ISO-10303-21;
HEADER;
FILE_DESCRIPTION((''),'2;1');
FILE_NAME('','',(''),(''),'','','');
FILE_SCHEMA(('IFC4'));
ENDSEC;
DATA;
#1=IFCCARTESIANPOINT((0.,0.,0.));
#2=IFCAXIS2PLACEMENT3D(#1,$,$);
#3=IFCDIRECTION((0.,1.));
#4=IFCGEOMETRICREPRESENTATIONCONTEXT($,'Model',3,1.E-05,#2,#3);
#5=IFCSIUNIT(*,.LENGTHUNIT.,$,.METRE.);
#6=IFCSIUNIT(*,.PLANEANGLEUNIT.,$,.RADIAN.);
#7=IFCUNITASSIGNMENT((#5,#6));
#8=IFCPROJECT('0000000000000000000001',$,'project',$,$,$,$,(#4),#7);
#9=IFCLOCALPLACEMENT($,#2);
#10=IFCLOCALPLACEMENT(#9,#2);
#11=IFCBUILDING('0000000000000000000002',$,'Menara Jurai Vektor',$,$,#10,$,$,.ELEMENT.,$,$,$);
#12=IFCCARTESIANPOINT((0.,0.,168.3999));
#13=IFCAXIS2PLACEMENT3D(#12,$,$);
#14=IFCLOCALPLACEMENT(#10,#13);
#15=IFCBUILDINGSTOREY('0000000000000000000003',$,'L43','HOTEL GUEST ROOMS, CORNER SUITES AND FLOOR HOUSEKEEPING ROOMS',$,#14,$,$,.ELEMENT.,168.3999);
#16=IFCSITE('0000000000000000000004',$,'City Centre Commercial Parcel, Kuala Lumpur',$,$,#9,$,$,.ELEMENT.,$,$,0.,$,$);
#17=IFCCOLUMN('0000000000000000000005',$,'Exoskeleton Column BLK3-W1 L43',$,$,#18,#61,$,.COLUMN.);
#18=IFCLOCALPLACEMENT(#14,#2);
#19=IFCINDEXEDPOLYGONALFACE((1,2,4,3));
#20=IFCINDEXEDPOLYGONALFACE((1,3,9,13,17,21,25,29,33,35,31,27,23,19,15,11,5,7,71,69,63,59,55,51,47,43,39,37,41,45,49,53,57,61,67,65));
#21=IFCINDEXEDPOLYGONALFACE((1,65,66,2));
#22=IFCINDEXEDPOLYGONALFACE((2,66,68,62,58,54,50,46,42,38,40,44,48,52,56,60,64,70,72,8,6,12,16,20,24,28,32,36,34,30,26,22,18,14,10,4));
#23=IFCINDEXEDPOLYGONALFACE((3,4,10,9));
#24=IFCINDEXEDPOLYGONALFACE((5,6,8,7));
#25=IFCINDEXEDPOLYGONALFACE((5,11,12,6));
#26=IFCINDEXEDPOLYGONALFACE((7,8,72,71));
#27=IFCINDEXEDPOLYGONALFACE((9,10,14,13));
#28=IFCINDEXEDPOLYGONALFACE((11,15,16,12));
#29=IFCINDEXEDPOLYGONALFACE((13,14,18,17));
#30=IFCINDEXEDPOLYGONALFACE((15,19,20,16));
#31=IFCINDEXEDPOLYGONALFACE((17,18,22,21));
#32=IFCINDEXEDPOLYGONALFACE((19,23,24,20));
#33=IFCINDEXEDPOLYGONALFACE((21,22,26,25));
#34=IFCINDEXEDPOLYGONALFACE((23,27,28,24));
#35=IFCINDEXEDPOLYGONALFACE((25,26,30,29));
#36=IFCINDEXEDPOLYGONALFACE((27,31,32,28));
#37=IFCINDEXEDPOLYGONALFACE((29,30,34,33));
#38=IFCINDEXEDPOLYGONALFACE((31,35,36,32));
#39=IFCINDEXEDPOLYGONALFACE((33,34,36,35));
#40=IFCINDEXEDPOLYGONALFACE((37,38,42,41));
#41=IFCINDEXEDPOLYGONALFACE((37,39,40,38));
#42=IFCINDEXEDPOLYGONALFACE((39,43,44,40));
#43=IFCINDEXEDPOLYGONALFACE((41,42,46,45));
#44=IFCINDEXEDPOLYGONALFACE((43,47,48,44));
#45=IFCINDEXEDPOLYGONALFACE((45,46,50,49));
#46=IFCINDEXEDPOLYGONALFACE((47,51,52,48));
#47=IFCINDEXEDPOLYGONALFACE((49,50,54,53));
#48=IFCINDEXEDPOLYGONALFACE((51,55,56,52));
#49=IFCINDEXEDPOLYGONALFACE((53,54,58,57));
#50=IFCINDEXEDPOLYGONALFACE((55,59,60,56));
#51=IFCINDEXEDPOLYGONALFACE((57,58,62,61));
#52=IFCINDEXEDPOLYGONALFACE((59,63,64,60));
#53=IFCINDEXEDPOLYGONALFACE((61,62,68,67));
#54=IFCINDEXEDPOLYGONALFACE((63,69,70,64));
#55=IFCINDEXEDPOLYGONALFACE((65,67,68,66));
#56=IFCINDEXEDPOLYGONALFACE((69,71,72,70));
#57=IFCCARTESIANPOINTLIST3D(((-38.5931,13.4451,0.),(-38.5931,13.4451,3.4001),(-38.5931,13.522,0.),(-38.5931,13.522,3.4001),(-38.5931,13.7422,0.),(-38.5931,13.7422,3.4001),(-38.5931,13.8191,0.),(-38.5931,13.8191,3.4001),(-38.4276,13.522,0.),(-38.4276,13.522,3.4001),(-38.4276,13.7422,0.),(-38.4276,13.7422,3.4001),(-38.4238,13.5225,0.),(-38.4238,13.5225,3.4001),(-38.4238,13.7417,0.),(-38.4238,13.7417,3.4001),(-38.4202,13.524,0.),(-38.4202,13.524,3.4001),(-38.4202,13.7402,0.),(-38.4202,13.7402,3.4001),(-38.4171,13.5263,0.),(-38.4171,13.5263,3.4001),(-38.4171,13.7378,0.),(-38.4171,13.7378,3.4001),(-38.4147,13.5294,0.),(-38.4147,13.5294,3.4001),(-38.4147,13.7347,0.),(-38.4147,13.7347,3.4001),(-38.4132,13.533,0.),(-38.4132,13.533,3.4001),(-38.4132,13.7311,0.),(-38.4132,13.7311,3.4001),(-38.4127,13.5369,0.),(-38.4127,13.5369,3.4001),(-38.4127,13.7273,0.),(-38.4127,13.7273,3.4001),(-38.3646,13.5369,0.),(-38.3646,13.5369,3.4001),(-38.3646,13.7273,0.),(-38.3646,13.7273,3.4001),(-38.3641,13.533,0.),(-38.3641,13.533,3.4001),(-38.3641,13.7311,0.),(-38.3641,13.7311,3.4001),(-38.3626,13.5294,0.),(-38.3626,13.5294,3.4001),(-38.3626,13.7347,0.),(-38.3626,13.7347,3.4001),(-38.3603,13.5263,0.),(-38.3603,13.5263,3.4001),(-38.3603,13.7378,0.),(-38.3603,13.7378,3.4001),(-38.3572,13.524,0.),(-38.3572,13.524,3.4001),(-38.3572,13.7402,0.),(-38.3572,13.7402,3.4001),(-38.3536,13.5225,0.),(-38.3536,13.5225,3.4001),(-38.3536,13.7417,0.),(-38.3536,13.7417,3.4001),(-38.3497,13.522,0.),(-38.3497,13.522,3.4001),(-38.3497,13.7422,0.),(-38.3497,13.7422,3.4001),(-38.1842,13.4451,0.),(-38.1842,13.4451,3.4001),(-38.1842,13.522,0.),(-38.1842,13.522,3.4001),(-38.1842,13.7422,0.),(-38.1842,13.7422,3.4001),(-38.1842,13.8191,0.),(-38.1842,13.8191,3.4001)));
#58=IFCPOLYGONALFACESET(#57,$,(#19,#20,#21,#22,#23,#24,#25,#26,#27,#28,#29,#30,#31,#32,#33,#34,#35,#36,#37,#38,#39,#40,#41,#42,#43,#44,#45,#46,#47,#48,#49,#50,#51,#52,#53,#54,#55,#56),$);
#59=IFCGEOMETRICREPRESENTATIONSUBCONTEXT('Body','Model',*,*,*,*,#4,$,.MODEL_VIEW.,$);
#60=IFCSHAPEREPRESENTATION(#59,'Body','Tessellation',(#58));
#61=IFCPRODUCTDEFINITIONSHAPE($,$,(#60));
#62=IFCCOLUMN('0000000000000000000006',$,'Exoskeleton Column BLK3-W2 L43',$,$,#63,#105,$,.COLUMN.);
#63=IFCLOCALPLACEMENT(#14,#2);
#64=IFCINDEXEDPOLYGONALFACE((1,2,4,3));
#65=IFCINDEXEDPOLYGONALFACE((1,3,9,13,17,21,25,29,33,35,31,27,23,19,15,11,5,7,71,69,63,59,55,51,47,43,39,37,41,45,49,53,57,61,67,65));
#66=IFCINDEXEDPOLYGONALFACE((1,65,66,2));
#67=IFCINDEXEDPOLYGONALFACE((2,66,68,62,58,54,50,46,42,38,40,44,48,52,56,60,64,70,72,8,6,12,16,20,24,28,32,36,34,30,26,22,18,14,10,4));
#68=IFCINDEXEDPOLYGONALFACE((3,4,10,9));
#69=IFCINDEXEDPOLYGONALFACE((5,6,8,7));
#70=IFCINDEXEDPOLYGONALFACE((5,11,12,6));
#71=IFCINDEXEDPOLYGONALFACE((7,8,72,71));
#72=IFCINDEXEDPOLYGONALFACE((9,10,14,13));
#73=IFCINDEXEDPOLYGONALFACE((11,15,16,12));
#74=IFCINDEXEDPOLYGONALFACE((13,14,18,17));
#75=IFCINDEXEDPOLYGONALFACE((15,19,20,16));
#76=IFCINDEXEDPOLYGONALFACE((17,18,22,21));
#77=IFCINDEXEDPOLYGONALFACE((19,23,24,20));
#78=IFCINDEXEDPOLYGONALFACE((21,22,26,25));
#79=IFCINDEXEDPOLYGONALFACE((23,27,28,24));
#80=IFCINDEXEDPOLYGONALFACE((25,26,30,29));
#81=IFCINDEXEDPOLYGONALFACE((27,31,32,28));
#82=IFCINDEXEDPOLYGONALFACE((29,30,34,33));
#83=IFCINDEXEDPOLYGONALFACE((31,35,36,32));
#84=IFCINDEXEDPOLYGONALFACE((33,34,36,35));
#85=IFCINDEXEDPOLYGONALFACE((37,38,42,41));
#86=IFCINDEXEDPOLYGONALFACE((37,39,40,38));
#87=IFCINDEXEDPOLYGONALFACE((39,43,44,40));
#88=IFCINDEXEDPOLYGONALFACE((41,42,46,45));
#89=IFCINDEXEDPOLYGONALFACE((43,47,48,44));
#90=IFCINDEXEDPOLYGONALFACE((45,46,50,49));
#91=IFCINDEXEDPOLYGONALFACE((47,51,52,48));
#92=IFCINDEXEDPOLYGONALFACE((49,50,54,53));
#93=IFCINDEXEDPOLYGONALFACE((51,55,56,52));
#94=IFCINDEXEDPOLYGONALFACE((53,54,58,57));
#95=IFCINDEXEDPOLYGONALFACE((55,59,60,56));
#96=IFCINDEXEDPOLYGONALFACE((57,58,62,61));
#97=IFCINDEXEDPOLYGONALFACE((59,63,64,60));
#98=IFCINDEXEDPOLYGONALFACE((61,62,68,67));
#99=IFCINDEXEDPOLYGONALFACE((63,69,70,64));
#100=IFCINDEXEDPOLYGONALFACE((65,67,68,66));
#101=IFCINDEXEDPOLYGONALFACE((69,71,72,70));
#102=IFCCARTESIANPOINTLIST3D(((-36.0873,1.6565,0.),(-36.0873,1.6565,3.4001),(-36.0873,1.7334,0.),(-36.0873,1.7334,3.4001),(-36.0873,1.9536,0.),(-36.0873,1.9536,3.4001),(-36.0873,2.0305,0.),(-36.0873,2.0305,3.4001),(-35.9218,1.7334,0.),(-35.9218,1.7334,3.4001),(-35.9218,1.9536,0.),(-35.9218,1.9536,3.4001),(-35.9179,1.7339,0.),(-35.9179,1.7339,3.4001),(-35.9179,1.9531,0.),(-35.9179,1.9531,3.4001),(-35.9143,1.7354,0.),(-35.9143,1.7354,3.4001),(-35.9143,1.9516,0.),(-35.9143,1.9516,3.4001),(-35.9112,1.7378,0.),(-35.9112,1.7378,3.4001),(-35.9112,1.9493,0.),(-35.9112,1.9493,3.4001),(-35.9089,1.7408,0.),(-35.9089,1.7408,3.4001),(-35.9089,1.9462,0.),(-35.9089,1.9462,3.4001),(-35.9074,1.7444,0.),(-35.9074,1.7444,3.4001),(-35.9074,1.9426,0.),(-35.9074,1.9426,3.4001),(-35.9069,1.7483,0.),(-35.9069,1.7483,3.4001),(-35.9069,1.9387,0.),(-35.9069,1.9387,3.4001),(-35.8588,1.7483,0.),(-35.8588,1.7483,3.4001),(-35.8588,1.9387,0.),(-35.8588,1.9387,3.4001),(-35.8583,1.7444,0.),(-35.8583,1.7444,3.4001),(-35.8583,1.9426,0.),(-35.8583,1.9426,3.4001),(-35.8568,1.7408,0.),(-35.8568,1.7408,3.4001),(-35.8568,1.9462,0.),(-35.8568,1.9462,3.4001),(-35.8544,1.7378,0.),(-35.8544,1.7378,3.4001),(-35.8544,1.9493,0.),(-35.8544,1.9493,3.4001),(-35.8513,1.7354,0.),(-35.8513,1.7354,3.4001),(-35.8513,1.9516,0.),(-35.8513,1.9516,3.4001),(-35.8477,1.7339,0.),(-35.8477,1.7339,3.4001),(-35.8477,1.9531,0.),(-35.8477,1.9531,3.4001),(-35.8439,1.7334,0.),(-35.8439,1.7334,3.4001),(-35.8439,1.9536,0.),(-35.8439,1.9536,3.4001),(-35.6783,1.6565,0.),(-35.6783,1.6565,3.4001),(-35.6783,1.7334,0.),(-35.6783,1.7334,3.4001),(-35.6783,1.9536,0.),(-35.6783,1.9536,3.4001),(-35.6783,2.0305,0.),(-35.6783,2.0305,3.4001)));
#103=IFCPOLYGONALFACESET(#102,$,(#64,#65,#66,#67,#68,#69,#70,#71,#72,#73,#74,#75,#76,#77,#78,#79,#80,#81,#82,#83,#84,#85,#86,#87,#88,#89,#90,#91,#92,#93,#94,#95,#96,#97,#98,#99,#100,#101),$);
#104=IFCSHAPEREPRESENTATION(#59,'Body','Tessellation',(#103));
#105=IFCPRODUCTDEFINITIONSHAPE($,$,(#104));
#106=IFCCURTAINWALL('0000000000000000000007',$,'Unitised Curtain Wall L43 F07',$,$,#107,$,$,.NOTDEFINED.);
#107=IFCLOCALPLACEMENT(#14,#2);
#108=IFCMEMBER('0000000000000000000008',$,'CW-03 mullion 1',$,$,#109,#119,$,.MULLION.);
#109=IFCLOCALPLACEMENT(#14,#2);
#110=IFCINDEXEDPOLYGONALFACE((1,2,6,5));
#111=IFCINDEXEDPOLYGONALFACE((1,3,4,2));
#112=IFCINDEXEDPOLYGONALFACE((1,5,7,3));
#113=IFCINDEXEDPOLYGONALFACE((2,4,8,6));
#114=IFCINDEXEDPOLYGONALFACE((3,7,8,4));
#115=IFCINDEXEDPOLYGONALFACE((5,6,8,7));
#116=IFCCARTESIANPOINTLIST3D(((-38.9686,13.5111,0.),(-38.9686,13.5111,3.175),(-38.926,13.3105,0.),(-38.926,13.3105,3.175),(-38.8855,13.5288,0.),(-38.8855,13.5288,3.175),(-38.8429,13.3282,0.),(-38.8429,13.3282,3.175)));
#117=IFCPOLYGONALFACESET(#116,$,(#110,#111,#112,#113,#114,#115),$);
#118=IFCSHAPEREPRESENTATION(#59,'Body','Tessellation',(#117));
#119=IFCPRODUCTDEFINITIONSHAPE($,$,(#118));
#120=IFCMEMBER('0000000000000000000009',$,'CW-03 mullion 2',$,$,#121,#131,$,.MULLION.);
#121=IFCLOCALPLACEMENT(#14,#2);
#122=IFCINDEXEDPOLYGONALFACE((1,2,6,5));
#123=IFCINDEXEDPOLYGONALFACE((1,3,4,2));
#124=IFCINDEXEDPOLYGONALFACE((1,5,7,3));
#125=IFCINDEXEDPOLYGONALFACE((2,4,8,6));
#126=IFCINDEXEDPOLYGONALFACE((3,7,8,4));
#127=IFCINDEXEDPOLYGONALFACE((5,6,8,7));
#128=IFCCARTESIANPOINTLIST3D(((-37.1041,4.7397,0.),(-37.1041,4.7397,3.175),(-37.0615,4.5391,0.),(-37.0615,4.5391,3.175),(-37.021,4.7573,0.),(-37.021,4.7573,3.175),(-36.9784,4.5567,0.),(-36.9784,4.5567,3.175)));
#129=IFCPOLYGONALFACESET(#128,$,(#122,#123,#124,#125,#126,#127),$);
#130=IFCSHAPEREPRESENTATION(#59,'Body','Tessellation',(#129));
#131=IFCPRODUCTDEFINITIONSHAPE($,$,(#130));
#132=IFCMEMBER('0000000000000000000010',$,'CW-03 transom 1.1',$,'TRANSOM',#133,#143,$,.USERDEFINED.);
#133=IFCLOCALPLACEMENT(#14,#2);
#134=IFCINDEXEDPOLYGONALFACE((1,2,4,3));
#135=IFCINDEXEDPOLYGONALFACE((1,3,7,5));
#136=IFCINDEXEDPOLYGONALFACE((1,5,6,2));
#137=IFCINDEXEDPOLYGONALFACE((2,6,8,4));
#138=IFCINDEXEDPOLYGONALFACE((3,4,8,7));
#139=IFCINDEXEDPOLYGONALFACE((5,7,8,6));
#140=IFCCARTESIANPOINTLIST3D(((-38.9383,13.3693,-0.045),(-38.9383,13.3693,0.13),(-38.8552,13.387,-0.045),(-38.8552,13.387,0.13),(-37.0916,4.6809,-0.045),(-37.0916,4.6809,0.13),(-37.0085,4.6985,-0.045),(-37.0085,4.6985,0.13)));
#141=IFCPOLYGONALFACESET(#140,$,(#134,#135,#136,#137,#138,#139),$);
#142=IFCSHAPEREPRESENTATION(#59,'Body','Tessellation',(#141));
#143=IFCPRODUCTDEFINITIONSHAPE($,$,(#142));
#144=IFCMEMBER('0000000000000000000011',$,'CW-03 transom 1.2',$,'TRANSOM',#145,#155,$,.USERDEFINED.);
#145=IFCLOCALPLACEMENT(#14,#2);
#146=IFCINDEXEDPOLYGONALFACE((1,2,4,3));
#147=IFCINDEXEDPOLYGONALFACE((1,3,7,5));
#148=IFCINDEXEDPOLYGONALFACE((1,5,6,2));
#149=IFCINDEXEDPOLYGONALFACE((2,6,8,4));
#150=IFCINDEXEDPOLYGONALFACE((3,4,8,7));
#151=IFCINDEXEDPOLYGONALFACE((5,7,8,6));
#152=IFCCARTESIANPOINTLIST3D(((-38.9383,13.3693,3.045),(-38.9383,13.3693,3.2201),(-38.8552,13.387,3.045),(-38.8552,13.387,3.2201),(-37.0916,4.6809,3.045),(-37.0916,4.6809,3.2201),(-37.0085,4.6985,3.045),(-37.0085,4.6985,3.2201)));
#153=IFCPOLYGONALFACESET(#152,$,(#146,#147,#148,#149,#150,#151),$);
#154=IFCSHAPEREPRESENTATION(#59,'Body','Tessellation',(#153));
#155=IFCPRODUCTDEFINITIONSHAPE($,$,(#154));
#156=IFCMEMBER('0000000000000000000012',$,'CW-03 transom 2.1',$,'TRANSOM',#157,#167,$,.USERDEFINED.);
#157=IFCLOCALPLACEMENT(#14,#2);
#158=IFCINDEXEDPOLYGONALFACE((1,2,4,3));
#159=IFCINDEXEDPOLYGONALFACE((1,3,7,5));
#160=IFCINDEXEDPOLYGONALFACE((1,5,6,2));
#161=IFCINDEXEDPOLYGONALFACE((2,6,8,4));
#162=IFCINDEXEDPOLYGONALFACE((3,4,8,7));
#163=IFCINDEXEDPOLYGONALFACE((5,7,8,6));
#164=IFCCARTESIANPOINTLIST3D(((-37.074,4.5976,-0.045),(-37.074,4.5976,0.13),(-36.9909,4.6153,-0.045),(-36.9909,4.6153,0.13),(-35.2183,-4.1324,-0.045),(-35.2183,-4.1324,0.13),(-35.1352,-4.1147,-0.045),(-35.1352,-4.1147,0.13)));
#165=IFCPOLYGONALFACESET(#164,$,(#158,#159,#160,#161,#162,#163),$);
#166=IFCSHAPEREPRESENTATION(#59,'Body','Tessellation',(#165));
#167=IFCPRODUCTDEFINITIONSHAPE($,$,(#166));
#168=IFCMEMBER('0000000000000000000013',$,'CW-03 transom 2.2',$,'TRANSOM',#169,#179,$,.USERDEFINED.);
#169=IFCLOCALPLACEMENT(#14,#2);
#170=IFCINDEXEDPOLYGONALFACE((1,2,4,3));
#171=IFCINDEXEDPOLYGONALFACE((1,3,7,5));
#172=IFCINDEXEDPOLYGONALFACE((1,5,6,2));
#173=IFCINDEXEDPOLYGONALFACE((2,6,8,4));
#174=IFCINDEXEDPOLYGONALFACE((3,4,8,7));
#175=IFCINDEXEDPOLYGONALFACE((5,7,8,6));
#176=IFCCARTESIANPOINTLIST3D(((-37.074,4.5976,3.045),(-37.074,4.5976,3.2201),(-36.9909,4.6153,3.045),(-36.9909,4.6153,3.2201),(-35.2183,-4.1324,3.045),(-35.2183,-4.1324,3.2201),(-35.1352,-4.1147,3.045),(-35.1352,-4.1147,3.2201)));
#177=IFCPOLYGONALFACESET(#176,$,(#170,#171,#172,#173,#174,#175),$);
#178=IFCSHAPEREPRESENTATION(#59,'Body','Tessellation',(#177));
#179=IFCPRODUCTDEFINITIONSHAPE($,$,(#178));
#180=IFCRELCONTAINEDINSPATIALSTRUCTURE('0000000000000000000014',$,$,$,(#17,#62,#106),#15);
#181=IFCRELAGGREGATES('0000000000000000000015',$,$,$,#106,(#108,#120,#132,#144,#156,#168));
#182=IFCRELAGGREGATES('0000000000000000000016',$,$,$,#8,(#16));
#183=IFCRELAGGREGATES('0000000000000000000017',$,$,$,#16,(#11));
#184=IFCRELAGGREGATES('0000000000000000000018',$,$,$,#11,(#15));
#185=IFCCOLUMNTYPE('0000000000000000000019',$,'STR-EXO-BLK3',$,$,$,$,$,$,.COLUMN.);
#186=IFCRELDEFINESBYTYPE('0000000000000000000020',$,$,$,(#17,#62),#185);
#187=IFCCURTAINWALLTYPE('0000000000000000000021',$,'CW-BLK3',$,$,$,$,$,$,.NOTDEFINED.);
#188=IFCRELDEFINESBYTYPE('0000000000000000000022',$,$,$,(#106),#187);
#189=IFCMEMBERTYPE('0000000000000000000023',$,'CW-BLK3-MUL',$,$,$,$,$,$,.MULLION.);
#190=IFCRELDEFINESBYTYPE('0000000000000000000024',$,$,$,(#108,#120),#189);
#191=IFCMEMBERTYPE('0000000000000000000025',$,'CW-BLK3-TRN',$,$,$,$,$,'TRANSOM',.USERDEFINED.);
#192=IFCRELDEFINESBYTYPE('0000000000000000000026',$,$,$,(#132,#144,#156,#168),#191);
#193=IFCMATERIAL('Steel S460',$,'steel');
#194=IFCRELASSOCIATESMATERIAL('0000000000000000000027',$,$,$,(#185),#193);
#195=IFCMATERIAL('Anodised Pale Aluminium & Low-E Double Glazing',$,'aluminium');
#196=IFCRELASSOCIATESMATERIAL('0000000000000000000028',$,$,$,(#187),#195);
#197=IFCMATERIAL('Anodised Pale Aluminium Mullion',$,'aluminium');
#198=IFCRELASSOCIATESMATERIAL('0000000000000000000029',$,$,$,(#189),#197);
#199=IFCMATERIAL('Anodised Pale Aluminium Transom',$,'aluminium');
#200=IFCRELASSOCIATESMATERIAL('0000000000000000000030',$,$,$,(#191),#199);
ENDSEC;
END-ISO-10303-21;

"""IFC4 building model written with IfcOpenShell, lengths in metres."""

from ifc_helpers import new_model, si_unit, direction, frame, origin, origin_2d, place, context, subcontext, project, spatial, rectangle, i_section, extrude, material, material_profile, profile_set, type_object, element, aggregate, save


model = new_model("IFC4")

# Units and contexts
model_context = context("Model", 3, precision=1e-05, world=origin(), true_north=direction((0.0, 1.0)))
body_context = subcontext(model_context, "Body", "Model", "MODEL_VIEW")
ifc_project = project(units=[si_unit("LENGTHUNIT", "METRE"), si_unit("PLANEANGLEUNIT", "RADIAN")], contexts=[model_context])

# Site, building, storey
site_placement = place(None, origin())
site = spatial("IfcSite", under=ifc_project, at=site_placement, Name="City Centre Commercial Parcel, Kuala Lumpur", CompositionType="ELEMENT", RefElevation=0.0)
building_placement = place(site_placement, origin())
building = spatial("IfcBuilding", under=site, at=building_placement, Name="Menara Jurai Vektor", CompositionType="ELEMENT")
storey_placement = place(building_placement, frame((0.0, 0.0, 168.3999)))
storey = spatial("IfcBuildingStorey", under=building, at=storey_placement, Name="L43", Description="HOTEL GUEST ROOMS, CORNER SUITES AND FLOOR HOUSEKEEPING ROOMS", CompositionType="ELEMENT", Elevation=168.3999)

# Columns
ifc_material_1 = material(Name="Steel S460", Category="steel")
ifc_material_profile_1 = material_profile(ifc_material_1, i_section(OverallWidth=0.4089, OverallDepth=0.374, WebThickness=0.0481, FlangeThickness=0.0769, FilletRadius=0.0149, at=origin_2d()), Name="HD 400x634")
ifc_profile_set_1 = profile_set([ifc_material_profile_1], Name="Steel S460")
column_type = type_object("IfcColumnType", Name="STR-EXO-BLK3", PredefinedType="COLUMN", material=ifc_profile_set_1)
for number, where, z_axis, x_axis, name in (
    (1, (-38.3887, 13.6321, 0.0), (0.0, 0.0, 1.0), (1.0, 0.0, 0.0), "Exoskeleton Column BLK3-W1 L43"),
    (2, (-35.8828, 1.8435, 0.0), (0.0, 0.0, 1.0), (1.0, 0.0, 0.0), "Exoskeleton Column BLK3-W2 L43"),
):
    element("IfcColumn", number, at=place(storey_placement, frame(where, z_axis=z_axis, x_axis=x_axis)), inside=storey, type_object=column_type, Name=name, PredefinedType="COLUMN", context=body_context, shape_type="SweptSolid", body=[
        extrude(i_section(OverallWidth=0.4089, OverallDepth=0.374, WebThickness=0.0481, FlangeThickness=0.0769, FilletRadius=0.0149, at=origin_2d()), origin(), (0.0, 0.0, 1.0), 3.4001),
    ])

# Curtain wall, members
ifc_material_2 = material(Name="Anodised Pale Aluminium & Low-E Double Glazing", Category="aluminium")
curtain_wall_type = type_object("IfcCurtainWallType", Name="CW-BLK3", PredefinedType="NOTDEFINED", material=ifc_material_2)
curtain_wall_placement = place(storey_placement, origin())
curtain_wall = element("IfcCurtainWall", 3, at=curtain_wall_placement, inside=storey, type_object=curtain_wall_type, Name="Unitised Curtain Wall L43 F07", PredefinedType="NOTDEFINED")
ifc_material_3 = material(Name="Anodised Pale Aluminium Mullion", Category="aluminium")
ifc_material_profile_2 = material_profile(ifc_material_3, rectangle(XDim=0.085, YDim=0.2051, at=origin_2d()), Name="ALU MUL 85x205")
ifc_profile_set_2 = profile_set([ifc_material_profile_2], Name="Anodised Pale Aluminium Mullion")
member_type_1 = type_object("IfcMemberType", Name="CW-BLK3-MUL", PredefinedType="MULLION", material=ifc_profile_set_2)
member_1_placement = place(storey_placement, frame((-38.9058, 13.4197, 0.0), z_axis=(0.0, 0.0, 1.0), x_axis=(0.978148, 0.20791, 0.0)))
member_1 = element("IfcMember", 4, at=member_1_placement, type_object=member_type_1, Name="CW-03 mullion 1", PredefinedType="MULLION", context=body_context, shape_type="SweptSolid", body=[
    extrude(rectangle(XDim=0.085, YDim=0.2051, at=origin_2d()), origin(), (0.0, 0.0, 1.0), 3.175),
])
member_2_placement = place(storey_placement, frame((-37.0413, 4.6482, 0.0), z_axis=(0.0, 0.0, 1.0), x_axis=(0.978148, 0.20791, 0.0)))
member_2 = element("IfcMember", 5, at=member_2_placement, type_object=member_type_1, Name="CW-03 mullion 2", PredefinedType="MULLION", context=body_context, shape_type="SweptSolid", body=[
    extrude(rectangle(XDim=0.085, YDim=0.2051, at=origin_2d()), origin(), (0.0, 0.0, 1.0), 3.175),
])
ifc_material_4 = material(Name="Anodised Pale Aluminium Transom", Category="aluminium")
ifc_material_profile_3 = material_profile(ifc_material_4, rectangle(XDim=0.085, YDim=0.175, at=origin_2d()), Name="ALU TRN 85x175")
ifc_profile_set_3 = profile_set([ifc_material_profile_3], Name="Anodised Pale Aluminium Transom")
member_type_2 = type_object("IfcMemberType", Name="CW-BLK3-TRN", ElementType="TRANSOM", PredefinedType="USERDEFINED", material=ifc_profile_set_3)
member_3_placement = place(storey_placement, frame((-38.8967, 13.3782, 0.0425), z_axis=(0.2079, -0.97815, 0.0), x_axis=(0.97815, 0.2079, 0.0)))
member_3 = element("IfcMember", 6, at=member_3_placement, type_object=member_type_2, Name="CW-03 transom 1.1", ObjectType="TRANSOM", PredefinedType="USERDEFINED", context=body_context, shape_type="SweptSolid", body=[
    extrude(rectangle(XDim=0.085, YDim=0.175, at=origin_2d()), origin(), (0.0, 0.0, 1.0), 8.8826),
])
member_4_placement = place(storey_placement, frame((-38.8967, 13.3782, 3.1326), z_axis=(0.2079, -0.97815, 0.0), x_axis=(0.97815, 0.2079, 0.0)))
member_4 = element("IfcMember", 7, at=member_4_placement, type_object=member_type_2, Name="CW-03 transom 1.2", ObjectType="TRANSOM", PredefinedType="USERDEFINED", context=body_context, shape_type="SweptSolid", body=[
    extrude(rectangle(XDim=0.085, YDim=0.175, at=origin_2d()), origin(), (0.0, 0.0, 1.0), 8.8826),
])
member_5_placement = place(storey_placement, frame((-37.0325, 4.6064, 0.0425), z_axis=(0.207922, -0.978145, 0.0), x_axis=(0.978145, 0.207922, 0.0)))
member_5 = element("IfcMember", 8, at=member_5_placement, type_object=member_type_2, Name="CW-03 transom 2.1", ObjectType="TRANSOM", PredefinedType="USERDEFINED", context=body_context, shape_type="SweptSolid", body=[
    extrude(rectangle(XDim=0.085, YDim=0.175, at=origin_2d()), origin(), (0.0, 0.0, 1.0), 8.925),
])
member_6_placement = place(storey_placement, frame((-37.0325, 4.6064, 3.1326), z_axis=(0.207922, -0.978145, 0.0), x_axis=(0.978145, 0.207922, 0.0)))
member_6 = element("IfcMember", 9, at=member_6_placement, type_object=member_type_2, Name="CW-03 transom 2.2", ObjectType="TRANSOM", PredefinedType="USERDEFINED", context=body_context, shape_type="SweptSolid", body=[
    extrude(rectangle(XDim=0.085, YDim=0.175, at=origin_2d()), origin(), (0.0, 0.0, 1.0), 8.925),
])

aggregate(curtain_wall, [member_1, member_2, member_3, member_4, member_5, member_6])

save(model, "model.ifc")
